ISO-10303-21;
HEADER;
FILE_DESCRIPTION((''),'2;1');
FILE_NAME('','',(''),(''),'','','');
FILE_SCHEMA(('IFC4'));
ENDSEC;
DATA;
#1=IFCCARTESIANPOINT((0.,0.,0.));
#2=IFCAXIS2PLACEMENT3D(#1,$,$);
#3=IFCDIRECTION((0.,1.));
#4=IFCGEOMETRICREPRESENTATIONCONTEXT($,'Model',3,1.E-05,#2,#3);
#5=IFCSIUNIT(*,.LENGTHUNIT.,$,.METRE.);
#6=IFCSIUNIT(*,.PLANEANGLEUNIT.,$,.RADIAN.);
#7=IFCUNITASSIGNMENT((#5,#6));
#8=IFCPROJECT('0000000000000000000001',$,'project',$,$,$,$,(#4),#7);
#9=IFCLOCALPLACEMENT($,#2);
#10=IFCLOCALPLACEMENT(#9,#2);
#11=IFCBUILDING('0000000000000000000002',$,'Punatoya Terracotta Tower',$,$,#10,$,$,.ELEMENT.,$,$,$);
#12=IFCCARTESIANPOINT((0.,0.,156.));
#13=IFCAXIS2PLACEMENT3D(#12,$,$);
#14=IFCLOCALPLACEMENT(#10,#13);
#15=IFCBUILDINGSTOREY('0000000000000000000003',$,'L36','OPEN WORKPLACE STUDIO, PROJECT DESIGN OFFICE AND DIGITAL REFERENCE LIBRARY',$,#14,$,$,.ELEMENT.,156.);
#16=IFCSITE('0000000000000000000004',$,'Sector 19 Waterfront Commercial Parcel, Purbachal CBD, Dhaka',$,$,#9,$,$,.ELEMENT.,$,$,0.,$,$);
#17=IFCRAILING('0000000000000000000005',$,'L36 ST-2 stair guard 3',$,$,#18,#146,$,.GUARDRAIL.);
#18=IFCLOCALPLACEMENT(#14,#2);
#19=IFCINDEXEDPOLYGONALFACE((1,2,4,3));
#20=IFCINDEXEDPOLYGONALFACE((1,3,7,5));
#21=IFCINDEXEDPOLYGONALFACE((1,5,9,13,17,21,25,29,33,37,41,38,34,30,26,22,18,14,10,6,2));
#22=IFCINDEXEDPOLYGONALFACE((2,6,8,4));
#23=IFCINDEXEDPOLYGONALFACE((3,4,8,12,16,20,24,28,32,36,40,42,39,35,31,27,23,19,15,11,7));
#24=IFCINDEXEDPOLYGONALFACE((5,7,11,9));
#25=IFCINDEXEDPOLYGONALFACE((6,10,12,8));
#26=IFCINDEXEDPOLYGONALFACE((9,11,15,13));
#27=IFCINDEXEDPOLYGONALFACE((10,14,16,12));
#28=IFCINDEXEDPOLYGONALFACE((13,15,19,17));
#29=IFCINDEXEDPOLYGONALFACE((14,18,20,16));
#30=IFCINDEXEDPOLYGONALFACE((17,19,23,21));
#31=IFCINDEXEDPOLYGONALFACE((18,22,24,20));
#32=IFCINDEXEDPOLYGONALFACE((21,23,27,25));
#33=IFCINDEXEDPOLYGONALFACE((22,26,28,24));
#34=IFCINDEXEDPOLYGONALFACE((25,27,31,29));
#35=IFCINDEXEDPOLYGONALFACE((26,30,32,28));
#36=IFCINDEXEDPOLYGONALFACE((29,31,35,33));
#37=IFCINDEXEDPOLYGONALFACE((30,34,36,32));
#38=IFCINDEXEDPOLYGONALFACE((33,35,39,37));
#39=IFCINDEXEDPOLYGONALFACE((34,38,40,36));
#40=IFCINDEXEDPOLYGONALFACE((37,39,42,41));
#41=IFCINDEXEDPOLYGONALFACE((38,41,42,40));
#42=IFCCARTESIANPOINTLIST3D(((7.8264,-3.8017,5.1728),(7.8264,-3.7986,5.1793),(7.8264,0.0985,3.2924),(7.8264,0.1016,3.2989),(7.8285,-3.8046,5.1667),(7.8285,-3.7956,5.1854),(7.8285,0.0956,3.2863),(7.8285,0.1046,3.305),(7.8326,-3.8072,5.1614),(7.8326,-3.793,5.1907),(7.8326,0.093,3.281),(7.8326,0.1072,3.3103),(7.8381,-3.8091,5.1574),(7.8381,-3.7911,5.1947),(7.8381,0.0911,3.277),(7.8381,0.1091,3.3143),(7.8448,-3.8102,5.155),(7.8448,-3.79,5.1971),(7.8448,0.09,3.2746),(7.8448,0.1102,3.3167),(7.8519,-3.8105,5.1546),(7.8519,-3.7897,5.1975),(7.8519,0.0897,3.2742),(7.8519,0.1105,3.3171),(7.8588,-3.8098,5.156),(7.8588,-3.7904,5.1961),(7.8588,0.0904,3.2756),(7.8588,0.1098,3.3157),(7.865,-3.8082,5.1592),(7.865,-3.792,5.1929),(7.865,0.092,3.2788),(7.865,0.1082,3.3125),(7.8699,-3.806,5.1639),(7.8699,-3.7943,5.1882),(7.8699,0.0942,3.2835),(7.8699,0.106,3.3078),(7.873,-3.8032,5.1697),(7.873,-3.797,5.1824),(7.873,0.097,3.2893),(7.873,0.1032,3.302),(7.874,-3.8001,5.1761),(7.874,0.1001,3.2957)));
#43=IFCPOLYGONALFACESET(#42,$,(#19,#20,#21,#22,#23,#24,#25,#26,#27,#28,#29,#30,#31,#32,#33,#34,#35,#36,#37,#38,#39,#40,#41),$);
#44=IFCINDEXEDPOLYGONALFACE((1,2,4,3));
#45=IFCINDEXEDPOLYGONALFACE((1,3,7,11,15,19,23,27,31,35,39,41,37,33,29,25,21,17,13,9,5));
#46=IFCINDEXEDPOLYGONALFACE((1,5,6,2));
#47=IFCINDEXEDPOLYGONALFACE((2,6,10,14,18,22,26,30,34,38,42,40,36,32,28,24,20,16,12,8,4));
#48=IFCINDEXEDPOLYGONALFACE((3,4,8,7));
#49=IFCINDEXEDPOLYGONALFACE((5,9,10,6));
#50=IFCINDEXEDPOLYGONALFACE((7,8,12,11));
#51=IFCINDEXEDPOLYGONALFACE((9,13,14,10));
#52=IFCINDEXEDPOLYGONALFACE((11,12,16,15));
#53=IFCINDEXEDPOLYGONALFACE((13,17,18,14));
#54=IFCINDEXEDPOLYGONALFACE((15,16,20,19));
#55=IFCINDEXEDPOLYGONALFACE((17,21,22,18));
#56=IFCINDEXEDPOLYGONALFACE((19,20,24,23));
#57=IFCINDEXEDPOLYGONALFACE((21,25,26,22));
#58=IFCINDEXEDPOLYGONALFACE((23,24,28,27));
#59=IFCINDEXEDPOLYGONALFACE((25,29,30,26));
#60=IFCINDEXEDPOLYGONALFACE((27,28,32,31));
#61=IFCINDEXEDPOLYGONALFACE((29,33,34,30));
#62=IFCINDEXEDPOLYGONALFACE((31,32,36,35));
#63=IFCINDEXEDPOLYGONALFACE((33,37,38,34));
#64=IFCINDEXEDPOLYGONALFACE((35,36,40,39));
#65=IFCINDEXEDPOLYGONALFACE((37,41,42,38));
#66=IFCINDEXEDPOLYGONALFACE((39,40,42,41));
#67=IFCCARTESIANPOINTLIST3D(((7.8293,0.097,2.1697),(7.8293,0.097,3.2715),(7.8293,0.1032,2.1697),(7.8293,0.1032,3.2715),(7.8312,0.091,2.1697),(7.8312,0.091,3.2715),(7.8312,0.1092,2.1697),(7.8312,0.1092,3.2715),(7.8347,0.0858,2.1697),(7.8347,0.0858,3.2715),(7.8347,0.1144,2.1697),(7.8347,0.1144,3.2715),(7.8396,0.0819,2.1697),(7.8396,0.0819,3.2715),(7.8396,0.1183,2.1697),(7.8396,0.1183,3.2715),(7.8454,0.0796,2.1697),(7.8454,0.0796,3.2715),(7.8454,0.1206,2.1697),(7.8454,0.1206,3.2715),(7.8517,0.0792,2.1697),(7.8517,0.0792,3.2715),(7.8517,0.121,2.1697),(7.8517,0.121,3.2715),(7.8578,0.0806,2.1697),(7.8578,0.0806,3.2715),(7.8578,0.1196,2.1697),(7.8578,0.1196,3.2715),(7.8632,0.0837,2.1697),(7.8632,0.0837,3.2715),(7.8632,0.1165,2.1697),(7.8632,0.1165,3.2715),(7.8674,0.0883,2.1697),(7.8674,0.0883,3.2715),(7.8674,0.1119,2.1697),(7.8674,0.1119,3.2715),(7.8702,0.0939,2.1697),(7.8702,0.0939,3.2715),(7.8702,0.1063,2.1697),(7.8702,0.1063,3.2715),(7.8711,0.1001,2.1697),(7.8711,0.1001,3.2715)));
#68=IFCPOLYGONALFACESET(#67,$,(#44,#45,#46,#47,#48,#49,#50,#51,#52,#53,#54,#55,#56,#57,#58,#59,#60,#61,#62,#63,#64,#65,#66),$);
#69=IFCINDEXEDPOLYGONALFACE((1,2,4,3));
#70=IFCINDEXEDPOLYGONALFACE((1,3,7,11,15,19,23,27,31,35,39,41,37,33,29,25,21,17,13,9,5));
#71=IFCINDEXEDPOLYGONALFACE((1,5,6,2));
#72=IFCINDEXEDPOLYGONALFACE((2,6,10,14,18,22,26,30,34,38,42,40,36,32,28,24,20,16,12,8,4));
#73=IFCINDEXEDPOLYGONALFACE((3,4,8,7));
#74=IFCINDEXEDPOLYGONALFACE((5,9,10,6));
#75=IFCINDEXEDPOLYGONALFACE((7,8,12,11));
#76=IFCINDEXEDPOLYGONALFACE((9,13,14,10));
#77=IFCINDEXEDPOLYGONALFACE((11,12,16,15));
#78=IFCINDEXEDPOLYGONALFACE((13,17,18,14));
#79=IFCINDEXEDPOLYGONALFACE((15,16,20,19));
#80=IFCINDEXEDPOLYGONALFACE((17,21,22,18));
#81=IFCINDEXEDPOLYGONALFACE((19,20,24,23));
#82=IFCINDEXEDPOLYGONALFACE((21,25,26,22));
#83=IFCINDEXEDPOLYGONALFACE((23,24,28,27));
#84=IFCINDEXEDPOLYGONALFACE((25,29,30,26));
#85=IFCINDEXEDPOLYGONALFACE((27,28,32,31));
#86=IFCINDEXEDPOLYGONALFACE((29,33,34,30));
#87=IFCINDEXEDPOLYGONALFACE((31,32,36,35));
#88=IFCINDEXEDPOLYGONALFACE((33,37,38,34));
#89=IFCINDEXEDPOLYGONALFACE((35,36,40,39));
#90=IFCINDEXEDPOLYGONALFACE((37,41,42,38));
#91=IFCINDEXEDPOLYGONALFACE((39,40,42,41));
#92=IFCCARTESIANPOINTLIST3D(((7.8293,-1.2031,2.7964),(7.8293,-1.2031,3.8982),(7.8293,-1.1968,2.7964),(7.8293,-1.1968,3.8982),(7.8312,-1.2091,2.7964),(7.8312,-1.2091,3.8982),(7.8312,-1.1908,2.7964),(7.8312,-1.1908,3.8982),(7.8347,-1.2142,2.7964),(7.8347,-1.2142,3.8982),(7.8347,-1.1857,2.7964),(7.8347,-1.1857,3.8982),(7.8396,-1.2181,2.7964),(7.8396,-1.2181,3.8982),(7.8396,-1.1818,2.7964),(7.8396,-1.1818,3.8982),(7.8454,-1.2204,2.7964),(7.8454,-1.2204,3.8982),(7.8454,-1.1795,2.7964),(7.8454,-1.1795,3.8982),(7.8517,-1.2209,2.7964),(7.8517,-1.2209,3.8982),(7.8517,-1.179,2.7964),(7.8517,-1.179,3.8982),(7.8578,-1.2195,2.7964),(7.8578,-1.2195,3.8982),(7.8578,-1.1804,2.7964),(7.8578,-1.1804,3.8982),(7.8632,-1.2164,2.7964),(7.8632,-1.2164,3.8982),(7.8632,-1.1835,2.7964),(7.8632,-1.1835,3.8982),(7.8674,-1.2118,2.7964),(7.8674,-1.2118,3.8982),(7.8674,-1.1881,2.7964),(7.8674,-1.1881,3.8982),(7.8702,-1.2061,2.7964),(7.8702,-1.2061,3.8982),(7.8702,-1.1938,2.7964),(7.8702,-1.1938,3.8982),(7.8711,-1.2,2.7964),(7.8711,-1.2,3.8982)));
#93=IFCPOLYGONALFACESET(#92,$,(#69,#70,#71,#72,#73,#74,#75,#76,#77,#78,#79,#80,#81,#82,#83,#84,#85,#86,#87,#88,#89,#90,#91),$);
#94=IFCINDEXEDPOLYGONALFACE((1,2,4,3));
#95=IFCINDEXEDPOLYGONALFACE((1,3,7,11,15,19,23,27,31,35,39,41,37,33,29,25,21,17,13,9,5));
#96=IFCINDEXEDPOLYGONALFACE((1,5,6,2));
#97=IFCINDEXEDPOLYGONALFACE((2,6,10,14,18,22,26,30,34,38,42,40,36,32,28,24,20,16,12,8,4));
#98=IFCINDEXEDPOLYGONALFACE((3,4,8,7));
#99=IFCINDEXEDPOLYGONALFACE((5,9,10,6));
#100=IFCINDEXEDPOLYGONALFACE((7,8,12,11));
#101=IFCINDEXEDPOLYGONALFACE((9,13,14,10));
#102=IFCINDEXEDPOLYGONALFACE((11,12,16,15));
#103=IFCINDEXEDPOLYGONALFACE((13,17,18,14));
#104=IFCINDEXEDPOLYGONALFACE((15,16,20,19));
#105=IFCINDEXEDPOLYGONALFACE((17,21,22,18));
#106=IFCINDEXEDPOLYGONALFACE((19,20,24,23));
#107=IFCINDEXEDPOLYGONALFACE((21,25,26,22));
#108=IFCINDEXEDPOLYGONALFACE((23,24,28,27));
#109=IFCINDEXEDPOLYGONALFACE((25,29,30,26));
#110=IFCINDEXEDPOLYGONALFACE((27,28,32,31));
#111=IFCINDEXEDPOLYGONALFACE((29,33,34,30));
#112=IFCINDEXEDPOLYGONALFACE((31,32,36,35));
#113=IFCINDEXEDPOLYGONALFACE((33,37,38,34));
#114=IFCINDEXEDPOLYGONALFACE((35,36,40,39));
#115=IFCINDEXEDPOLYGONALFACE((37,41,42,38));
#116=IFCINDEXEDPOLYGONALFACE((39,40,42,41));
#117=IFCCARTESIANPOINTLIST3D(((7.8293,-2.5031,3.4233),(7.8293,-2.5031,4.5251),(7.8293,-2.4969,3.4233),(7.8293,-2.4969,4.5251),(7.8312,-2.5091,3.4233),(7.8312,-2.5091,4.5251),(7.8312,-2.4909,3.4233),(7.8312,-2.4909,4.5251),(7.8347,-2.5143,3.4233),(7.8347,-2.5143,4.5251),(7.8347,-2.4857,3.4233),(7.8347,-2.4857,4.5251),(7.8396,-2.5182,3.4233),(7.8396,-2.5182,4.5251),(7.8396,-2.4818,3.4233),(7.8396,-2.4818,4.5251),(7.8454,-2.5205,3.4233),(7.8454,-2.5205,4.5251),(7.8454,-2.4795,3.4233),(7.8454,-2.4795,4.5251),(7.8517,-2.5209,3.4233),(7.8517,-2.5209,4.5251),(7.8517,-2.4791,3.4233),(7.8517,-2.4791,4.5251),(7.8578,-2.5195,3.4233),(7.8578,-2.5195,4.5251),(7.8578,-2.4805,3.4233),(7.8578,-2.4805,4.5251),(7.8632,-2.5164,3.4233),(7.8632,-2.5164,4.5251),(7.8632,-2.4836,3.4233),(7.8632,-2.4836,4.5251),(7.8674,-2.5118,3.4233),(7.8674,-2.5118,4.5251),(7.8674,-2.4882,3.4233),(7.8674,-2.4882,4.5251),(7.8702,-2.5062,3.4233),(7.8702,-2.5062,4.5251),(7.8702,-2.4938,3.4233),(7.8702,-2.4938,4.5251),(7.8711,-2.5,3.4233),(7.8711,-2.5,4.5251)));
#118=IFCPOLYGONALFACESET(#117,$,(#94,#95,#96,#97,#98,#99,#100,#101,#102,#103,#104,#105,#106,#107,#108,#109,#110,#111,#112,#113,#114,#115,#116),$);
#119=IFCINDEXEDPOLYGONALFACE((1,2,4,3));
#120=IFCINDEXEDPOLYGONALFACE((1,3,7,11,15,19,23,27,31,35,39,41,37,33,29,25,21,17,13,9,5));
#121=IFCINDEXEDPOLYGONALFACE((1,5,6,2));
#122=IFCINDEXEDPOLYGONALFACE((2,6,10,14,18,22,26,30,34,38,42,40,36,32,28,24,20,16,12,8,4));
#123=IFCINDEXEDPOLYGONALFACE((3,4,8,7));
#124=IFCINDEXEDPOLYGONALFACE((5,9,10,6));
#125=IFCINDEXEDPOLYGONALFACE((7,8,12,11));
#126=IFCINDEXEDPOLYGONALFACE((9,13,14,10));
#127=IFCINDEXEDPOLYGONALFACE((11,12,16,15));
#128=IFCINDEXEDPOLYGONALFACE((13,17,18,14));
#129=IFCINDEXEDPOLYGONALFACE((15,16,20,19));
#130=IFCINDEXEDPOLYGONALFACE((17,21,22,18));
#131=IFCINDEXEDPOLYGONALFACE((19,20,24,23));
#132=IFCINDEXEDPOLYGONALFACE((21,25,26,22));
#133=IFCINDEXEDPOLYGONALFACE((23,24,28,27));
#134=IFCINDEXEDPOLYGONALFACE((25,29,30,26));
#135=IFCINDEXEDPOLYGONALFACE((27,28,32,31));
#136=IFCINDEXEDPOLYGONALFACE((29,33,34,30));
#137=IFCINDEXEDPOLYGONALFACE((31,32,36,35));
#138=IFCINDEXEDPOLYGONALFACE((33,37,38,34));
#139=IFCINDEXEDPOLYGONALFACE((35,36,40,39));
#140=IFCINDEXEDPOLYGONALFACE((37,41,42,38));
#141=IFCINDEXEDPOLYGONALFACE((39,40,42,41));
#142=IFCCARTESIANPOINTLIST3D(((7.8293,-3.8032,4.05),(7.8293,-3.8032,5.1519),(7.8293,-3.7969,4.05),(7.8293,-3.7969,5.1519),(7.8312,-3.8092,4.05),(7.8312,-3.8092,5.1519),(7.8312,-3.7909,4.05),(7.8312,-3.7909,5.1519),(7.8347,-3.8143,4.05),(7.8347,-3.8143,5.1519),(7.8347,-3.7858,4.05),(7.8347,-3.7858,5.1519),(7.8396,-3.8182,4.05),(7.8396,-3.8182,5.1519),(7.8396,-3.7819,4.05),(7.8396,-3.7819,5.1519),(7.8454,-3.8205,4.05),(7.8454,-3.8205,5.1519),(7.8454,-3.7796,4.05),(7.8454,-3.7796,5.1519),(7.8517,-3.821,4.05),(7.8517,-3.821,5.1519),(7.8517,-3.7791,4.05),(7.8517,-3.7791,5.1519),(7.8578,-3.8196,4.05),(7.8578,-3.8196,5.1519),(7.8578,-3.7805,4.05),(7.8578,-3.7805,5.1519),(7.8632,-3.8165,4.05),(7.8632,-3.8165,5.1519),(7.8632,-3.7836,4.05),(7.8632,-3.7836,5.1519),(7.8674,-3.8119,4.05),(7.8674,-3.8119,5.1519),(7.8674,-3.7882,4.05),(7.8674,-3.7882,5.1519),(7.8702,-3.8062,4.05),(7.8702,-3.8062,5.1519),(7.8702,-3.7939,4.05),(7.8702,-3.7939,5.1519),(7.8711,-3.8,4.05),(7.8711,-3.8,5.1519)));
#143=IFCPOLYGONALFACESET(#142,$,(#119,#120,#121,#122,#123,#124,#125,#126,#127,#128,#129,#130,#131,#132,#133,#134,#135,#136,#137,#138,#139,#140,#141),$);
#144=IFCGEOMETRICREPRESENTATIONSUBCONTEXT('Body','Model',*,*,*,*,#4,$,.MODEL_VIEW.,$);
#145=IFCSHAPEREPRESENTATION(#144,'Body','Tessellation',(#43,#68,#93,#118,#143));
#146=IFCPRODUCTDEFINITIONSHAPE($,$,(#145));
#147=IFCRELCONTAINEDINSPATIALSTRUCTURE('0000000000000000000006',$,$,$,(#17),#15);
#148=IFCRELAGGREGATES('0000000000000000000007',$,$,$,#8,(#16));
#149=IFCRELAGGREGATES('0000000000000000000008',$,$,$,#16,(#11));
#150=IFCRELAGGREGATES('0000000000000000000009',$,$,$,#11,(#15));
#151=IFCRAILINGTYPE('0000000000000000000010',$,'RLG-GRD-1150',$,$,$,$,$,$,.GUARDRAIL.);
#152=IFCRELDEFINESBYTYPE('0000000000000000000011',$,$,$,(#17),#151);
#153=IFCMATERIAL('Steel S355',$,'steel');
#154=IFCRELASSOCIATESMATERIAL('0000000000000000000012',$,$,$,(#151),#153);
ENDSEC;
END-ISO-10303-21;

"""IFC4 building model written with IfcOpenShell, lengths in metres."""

from ifc_helpers import new_model, si_unit, direction, frame, origin, origin_2d, place, context, subcontext, project, spatial, circle, extrude, material, type_object, element, save


model = new_model("IFC4")

# Units and contexts
model_context = context("Model", 3, precision=1e-05, world=origin(), true_north=direction((0.0, 1.0)))
body_context = subcontext(model_context, "Body", "Model", "MODEL_VIEW")
ifc_project = project(units=[si_unit("LENGTHUNIT", "METRE"), si_unit("PLANEANGLEUNIT", "RADIAN")], contexts=[model_context])

# Site, building, storey
site_placement = place(None, origin())
site = spatial("IfcSite", under=ifc_project, at=site_placement, Name="Sector 19 Waterfront Commercial Parcel, Purbachal CBD, Dhaka", CompositionType="ELEMENT", RefElevation=0.0)
building_placement = place(site_placement, origin())
building = spatial("IfcBuilding", under=site, at=building_placement, Name="Punatoya Terracotta Tower", CompositionType="ELEMENT")
storey_placement = place(building_placement, frame((0.0, 0.0, 156.0)))
storey = spatial("IfcBuildingStorey", under=building, at=storey_placement, Name="L36", Description="OPEN WORKPLACE STUDIO, PROJECT DESIGN OFFICE AND DIGITAL REFERENCE LIBRARY", CompositionType="ELEMENT", Elevation=156.0)

# Shared definitions
ifc_material_1 = material(Name="Steel S355", Category="steel")

# Railing
railing_type_1 = type_object("IfcRailingType", Name="RLG-GRD-1150", PredefinedType="GUARDRAIL", material=ifc_material_1)
railing_1_placement = place(storey_placement, frame((7.8501, 0.1001, 2.1697)))
element("IfcRailing", 1, at=railing_1_placement, inside=storey, type_object=railing_type_1, Name="L36 ST-2 stair guard 3", PredefinedType="GUARDRAIL", context=body_context, shape_type="SweptSolid", body=[
    extrude(circle(Radius=0.0239, at=origin_2d()), frame((0.0, 0.0, 1.126), z_axis=(0.0, -0.900774, 0.434289), x_axis=(1.0, 0.0, 0.0)), (0.0, 0.0, 1.0), 4.3298),
    extrude(circle(Radius=0.021, at=origin_2d()), origin(), (0.0, 0.0, 1.0), 1.1018),
    extrude(circle(Radius=0.021, at=origin_2d()), frame((0.0, -1.3, 0.6267)), (0.0, 0.0, 1.0), 1.1018),
    extrude(circle(Radius=0.021, at=origin_2d()), frame((0.0, -2.6001, 1.2537)), (0.0, 0.0, 1.0), 1.1018),
    extrude(circle(Radius=0.021, at=origin_2d()), frame((0.0, -3.9001, 1.8804)), (0.0, 0.0, 1.0), 1.1018),
])

save(model, "model.ifc")
